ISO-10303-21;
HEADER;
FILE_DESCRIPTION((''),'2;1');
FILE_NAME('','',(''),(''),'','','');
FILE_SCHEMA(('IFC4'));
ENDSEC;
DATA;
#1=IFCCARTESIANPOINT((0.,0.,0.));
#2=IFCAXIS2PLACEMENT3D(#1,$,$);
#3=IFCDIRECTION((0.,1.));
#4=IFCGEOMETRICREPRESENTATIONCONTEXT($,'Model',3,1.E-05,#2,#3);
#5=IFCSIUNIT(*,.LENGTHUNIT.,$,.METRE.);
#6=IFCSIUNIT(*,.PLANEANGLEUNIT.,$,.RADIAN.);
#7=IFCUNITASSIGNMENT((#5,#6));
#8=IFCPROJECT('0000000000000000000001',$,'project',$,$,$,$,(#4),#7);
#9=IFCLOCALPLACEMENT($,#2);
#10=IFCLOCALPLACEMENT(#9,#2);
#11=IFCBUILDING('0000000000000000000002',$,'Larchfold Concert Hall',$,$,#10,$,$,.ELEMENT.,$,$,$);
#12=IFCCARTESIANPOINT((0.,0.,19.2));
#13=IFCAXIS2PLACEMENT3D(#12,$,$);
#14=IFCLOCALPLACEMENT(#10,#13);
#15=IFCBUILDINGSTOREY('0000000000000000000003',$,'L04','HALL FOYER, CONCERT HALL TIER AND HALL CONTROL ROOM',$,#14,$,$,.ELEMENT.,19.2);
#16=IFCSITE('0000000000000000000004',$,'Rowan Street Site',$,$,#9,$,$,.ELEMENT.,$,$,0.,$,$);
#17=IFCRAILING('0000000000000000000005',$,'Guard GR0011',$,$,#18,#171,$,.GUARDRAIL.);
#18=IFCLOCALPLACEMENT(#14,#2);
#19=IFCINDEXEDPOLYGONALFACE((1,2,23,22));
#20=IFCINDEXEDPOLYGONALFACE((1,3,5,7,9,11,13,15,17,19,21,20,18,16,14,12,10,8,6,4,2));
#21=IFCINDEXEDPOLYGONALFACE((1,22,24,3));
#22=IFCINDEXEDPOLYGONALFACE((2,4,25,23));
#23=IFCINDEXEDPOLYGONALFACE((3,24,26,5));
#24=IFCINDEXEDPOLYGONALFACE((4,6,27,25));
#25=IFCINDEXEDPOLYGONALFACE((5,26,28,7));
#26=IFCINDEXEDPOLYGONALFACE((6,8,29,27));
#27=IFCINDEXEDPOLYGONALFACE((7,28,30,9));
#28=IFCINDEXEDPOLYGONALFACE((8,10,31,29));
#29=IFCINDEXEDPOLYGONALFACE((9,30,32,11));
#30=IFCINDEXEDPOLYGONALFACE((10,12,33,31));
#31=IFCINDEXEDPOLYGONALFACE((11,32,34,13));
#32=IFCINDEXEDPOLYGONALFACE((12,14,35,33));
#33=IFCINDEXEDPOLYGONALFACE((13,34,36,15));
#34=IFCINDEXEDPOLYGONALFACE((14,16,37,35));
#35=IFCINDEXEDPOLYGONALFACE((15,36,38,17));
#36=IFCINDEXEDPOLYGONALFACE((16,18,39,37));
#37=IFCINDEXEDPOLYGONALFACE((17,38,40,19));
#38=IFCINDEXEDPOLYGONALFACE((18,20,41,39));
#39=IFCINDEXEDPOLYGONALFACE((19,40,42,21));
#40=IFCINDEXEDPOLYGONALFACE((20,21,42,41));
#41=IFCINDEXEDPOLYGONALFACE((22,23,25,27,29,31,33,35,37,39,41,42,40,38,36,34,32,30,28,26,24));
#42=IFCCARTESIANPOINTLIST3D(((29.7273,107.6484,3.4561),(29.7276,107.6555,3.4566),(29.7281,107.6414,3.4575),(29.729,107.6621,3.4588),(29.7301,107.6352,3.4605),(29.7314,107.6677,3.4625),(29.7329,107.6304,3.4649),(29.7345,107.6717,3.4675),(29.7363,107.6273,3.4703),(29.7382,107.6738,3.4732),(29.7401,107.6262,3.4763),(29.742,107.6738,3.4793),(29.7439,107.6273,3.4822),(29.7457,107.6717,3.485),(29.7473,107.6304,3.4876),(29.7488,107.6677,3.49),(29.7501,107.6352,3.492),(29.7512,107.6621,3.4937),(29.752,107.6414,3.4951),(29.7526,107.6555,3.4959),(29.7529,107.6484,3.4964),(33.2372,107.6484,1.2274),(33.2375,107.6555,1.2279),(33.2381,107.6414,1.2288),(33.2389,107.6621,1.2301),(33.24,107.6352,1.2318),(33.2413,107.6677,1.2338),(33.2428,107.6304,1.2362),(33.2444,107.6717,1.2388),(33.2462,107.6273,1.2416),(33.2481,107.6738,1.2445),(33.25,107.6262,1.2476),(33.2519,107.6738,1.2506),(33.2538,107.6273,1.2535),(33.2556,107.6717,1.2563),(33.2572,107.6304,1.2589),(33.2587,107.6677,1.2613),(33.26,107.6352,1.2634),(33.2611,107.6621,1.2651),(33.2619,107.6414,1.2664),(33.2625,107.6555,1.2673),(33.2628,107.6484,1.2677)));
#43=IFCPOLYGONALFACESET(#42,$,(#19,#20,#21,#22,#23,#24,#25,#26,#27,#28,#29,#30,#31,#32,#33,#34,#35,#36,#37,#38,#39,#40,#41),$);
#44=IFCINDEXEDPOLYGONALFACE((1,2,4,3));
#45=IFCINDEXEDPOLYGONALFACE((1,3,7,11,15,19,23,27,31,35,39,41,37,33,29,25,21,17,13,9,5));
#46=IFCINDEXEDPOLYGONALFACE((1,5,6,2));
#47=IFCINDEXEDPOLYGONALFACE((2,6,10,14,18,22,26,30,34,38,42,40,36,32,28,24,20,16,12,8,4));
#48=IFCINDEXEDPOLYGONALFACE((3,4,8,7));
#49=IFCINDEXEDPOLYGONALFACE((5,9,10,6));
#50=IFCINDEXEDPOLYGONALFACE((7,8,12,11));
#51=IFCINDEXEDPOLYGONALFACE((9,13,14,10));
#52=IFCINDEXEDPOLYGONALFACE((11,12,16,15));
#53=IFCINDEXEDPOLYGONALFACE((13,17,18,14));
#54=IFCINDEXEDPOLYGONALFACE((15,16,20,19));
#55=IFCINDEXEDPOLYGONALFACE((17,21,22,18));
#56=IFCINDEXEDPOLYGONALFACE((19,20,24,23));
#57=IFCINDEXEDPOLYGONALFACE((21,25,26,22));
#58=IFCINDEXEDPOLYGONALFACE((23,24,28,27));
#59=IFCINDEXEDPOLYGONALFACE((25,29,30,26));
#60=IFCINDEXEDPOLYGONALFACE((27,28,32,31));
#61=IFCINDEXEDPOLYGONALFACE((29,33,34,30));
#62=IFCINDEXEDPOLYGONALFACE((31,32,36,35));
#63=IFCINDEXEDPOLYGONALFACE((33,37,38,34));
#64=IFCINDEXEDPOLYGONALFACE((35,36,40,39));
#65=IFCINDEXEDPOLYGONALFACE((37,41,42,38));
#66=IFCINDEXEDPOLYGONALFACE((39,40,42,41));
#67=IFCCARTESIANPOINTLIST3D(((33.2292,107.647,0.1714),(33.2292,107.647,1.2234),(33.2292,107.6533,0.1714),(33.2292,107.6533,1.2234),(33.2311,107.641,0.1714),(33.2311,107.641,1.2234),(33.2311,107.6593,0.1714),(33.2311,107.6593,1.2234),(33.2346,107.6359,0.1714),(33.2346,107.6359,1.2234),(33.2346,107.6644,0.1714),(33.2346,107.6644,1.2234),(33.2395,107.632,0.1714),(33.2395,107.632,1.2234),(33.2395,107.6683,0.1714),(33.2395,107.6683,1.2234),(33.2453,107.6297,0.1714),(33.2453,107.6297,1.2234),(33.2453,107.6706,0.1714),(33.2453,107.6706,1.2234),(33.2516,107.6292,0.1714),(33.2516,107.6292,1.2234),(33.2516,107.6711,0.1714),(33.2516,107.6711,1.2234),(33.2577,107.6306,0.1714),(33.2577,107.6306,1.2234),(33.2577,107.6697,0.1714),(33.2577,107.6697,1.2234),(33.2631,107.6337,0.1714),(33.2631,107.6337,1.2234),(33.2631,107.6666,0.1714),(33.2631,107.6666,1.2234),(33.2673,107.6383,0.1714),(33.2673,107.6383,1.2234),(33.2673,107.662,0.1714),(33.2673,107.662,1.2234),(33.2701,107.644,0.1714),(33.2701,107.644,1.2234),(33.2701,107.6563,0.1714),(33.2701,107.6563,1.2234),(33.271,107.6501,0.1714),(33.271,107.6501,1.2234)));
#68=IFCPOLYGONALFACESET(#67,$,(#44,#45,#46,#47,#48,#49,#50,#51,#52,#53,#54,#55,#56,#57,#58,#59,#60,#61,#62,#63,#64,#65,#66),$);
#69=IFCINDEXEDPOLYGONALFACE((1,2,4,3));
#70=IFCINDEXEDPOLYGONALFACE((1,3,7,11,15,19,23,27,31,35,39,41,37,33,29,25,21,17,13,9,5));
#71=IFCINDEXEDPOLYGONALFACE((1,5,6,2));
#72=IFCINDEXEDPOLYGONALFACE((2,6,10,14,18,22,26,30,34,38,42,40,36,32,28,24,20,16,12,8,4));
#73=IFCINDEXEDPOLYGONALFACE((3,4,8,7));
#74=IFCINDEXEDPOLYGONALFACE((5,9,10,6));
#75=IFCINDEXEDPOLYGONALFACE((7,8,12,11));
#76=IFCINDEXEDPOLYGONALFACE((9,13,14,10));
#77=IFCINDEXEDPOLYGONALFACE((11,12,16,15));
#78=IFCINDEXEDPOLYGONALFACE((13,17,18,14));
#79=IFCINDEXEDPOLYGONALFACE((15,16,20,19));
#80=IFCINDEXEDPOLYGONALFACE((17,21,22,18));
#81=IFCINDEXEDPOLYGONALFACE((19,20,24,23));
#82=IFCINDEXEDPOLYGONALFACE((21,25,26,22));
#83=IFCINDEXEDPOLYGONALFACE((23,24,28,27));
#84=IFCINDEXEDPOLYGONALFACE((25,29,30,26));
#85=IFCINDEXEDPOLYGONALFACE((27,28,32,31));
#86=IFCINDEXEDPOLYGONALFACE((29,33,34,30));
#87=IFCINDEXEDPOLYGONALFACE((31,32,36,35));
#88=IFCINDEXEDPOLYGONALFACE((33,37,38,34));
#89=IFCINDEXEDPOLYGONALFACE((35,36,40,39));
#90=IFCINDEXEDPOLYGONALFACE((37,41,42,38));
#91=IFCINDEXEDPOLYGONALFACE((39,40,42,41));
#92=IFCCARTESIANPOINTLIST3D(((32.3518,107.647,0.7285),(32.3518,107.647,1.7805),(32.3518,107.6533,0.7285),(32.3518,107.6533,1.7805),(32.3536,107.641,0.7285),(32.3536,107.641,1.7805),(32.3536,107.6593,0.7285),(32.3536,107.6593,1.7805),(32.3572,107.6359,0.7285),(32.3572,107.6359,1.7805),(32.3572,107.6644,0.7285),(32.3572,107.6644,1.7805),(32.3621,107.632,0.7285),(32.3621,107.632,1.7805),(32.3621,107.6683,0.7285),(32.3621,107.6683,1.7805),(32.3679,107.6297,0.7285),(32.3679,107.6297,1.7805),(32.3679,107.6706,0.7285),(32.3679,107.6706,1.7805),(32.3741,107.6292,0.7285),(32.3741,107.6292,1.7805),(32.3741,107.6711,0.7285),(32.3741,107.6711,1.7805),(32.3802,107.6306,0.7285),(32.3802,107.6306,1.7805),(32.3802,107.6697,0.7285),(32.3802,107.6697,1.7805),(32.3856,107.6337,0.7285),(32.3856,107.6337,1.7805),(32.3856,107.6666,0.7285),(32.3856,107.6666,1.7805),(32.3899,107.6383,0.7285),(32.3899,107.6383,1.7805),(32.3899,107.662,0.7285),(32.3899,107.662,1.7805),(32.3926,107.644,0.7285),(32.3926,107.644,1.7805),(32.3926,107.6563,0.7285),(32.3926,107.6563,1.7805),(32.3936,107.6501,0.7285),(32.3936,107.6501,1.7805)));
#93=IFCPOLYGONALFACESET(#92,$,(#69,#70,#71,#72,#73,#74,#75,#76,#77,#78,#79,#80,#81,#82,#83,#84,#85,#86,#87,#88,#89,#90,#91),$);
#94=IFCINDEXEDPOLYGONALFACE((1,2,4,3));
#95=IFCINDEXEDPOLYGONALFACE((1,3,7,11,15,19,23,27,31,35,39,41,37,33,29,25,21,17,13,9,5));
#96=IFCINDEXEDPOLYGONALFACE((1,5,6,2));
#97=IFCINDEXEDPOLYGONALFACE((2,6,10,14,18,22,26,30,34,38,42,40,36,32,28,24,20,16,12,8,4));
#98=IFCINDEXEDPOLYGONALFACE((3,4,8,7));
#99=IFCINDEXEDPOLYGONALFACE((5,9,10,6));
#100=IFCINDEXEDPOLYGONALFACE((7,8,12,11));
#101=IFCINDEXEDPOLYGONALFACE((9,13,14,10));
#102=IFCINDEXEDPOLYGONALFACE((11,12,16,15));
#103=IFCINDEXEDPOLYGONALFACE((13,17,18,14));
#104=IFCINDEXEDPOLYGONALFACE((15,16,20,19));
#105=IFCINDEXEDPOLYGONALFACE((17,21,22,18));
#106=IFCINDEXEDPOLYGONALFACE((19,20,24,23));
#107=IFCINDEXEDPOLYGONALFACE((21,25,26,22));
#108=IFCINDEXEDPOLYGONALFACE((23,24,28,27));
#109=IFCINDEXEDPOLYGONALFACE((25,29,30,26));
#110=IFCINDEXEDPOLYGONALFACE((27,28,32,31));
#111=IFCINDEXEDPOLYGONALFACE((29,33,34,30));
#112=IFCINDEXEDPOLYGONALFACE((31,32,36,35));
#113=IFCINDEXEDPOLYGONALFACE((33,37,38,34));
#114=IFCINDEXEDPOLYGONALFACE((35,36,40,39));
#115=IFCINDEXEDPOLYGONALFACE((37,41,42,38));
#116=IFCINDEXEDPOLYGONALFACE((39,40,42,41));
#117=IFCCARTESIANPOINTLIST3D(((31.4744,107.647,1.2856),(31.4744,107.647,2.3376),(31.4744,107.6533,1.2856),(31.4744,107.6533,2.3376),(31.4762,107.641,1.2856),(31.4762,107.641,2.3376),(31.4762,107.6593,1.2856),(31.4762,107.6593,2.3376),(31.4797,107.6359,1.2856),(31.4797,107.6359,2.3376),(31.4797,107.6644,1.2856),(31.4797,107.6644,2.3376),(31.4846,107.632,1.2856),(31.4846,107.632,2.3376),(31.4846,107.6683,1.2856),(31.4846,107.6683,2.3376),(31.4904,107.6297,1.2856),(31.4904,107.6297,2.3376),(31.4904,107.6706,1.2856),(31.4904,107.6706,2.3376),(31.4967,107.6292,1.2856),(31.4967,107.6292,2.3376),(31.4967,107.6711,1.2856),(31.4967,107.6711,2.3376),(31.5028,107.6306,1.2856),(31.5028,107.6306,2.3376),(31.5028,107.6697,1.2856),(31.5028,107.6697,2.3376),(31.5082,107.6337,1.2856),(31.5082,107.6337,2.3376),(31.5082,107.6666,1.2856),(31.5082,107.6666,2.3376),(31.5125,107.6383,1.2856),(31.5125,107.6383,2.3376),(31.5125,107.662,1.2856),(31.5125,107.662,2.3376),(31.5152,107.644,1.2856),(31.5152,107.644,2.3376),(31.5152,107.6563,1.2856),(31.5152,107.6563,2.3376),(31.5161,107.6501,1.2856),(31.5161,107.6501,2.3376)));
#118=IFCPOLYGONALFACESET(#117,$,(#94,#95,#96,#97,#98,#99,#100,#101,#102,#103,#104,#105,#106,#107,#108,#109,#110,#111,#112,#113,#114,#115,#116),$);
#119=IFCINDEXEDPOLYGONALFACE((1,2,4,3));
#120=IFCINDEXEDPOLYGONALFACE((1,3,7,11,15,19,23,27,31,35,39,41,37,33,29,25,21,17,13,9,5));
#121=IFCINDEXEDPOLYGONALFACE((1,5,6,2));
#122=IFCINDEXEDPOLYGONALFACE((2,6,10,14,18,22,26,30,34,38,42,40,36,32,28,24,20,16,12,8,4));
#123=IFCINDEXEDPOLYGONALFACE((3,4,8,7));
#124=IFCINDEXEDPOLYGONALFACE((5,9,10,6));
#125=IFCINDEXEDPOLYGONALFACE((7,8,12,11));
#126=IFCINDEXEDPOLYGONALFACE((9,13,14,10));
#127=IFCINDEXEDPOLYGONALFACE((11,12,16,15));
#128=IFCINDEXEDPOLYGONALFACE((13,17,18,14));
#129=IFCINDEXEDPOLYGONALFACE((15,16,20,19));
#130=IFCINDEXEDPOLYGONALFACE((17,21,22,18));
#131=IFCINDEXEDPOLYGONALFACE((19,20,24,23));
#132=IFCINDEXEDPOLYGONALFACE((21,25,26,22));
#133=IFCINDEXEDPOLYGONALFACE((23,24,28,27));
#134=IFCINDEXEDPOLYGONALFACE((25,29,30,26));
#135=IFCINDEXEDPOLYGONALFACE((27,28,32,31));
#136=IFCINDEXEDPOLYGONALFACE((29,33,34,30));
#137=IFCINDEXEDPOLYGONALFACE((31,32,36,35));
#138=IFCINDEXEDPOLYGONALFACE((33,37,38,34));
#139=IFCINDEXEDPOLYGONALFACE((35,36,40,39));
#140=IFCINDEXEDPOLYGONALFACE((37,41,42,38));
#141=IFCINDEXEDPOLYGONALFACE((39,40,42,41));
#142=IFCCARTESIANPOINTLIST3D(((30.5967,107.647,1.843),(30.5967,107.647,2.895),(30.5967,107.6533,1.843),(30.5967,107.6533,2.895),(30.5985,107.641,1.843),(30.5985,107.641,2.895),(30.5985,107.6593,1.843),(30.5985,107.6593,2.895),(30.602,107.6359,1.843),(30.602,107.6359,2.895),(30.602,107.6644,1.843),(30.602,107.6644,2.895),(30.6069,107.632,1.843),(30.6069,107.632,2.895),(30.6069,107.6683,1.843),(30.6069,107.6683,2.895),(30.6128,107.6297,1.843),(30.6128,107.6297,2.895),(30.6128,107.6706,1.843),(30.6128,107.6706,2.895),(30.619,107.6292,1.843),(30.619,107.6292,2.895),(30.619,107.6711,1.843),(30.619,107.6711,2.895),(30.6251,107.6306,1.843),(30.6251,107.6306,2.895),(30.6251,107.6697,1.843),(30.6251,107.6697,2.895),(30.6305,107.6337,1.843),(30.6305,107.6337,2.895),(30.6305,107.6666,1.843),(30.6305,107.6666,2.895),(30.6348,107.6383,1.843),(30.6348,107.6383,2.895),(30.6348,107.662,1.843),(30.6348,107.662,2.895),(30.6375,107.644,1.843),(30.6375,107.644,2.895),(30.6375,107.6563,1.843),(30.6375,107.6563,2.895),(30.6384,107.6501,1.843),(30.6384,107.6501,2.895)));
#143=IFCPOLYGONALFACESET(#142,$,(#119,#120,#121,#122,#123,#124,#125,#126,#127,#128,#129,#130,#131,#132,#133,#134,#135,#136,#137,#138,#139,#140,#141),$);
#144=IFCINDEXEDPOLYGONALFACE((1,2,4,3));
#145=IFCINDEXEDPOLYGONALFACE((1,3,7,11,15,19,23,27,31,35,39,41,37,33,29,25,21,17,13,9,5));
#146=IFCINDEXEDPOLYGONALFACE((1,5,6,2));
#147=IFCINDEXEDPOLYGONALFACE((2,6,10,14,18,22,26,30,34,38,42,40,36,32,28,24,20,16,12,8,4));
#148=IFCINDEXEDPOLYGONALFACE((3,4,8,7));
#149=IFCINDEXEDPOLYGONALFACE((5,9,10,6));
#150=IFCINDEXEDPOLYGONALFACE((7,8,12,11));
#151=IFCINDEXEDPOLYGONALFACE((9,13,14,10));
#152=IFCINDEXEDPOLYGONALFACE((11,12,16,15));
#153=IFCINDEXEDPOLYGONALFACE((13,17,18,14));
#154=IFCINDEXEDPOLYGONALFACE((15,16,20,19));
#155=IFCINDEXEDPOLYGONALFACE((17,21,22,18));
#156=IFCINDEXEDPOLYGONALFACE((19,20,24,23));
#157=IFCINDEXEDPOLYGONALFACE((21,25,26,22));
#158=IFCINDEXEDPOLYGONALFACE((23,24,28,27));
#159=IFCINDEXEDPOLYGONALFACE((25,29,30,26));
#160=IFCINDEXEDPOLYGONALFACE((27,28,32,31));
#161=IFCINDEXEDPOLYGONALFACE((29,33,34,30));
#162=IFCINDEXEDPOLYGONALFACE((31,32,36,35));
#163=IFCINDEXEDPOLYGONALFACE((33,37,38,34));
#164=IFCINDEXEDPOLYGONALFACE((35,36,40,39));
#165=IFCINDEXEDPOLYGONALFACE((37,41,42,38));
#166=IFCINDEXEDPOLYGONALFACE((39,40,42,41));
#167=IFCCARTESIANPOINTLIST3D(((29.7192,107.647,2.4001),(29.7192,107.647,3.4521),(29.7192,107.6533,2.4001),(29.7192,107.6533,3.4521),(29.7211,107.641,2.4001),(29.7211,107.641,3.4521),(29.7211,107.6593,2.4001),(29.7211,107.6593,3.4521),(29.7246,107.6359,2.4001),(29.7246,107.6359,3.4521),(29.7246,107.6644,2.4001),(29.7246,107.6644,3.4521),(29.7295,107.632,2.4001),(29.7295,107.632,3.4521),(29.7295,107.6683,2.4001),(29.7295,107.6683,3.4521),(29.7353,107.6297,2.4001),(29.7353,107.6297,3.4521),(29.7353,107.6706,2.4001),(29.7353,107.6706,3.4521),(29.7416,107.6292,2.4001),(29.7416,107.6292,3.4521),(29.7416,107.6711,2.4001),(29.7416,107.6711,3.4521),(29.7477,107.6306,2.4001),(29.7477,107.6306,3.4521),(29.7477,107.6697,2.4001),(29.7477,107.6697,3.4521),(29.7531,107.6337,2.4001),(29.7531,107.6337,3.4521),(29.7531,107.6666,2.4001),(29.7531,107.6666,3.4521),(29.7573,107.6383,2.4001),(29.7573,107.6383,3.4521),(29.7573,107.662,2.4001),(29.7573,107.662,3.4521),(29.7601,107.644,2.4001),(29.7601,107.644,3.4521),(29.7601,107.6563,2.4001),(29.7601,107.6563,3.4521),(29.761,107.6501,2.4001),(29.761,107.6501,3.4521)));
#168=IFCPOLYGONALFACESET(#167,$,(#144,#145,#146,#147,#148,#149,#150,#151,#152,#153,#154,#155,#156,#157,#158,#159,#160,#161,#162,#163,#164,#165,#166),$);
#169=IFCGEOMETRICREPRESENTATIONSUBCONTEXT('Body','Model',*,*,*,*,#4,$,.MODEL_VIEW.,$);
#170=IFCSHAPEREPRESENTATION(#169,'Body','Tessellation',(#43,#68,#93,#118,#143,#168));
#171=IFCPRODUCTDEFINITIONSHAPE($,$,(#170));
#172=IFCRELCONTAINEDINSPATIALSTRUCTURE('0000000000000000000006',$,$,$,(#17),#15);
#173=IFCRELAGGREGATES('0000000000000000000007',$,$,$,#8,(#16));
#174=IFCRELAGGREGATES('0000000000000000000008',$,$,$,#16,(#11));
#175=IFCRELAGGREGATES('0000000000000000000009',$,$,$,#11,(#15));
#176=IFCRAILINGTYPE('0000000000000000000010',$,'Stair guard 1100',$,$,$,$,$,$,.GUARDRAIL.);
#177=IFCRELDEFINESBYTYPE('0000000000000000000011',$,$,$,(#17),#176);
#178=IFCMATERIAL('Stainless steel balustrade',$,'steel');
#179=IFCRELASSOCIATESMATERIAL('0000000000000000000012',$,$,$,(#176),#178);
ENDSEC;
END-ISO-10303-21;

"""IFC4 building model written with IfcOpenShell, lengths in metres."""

from ifc_helpers import new_model, si_unit, direction, frame, origin, origin_2d, place, context, subcontext, project, spatial, circle, extrude, material, type_object, element, save


model = new_model("IFC4")

# Units and contexts
model_context = context("Model", 3, precision=1e-05, world=origin(), true_north=direction((0.0, 1.0)))
body_context = subcontext(model_context, "Body", "Model", "MODEL_VIEW")
ifc_project = project(units=[si_unit("LENGTHUNIT", "METRE"), si_unit("PLANEANGLEUNIT", "RADIAN")], contexts=[model_context])

# Site, building, storey
site_placement = place(None, origin())
site = spatial("IfcSite", under=ifc_project, at=site_placement, Name="Rowan Street Site", CompositionType="ELEMENT", RefElevation=0.0)
building_placement = place(site_placement, origin())
building = spatial("IfcBuilding", under=site, at=building_placement, Name="Larchfold Concert Hall", CompositionType="ELEMENT")
storey_placement = place(building_placement, frame((0.0, 0.0, 19.2)))
storey = spatial("IfcBuildingStorey", under=building, at=storey_placement, Name="L04", Description="HALL FOYER, CONCERT HALL TIER AND HALL CONTROL ROOM", CompositionType="ELEMENT", Elevation=19.2)

# Railing
ifc_material_1 = material(Name="Stainless steel balustrade", Category="steel")
railing_type_1 = type_object("IfcRailingType", Name="Stair guard 1100", PredefinedType="GUARDRAIL", material=ifc_material_1)
railing_1_placement = place(storey_placement, frame((33.25, 107.6501, 0.1714)))
element("IfcRailing", 1, at=railing_1_placement, inside=storey, type_object=railing_type_1, Name="Guard GR0011", PredefinedType="GUARDRAIL", context=body_context, shape_type="SweptSolid", body=[
    extrude(circle(Radius=0.0239, at=origin_2d()), frame((0.0, 0.0, 1.0762), z_axis=(-0.844193, 0.0, 0.536039), x_axis=(0.0, -1.0, 0.0)), (0.0, 0.0, 1.0), 4.1577),
    extrude(circle(Radius=0.021, at=origin_2d()), origin(), (0.0, 0.0, 1.0), 1.052),
    extrude(circle(Radius=0.021, at=origin_2d()), frame((-0.8774, 0.0, 0.5571)), (0.0, 0.0, 1.0), 1.052),
    extrude(circle(Radius=0.021, at=origin_2d()), frame((-1.7549, 0.0, 1.1143)), (0.0, 0.0, 1.0), 1.052),
    extrude(circle(Radius=0.021, at=origin_2d()), frame((-2.6326, 0.0, 1.6716)), (0.0, 0.0, 1.0), 1.052),
    extrude(circle(Radius=0.021, at=origin_2d()), frame((-3.51, 0.0, 2.2288)), (0.0, 0.0, 1.0), 1.052),
])

save(model, "model.ifc")
